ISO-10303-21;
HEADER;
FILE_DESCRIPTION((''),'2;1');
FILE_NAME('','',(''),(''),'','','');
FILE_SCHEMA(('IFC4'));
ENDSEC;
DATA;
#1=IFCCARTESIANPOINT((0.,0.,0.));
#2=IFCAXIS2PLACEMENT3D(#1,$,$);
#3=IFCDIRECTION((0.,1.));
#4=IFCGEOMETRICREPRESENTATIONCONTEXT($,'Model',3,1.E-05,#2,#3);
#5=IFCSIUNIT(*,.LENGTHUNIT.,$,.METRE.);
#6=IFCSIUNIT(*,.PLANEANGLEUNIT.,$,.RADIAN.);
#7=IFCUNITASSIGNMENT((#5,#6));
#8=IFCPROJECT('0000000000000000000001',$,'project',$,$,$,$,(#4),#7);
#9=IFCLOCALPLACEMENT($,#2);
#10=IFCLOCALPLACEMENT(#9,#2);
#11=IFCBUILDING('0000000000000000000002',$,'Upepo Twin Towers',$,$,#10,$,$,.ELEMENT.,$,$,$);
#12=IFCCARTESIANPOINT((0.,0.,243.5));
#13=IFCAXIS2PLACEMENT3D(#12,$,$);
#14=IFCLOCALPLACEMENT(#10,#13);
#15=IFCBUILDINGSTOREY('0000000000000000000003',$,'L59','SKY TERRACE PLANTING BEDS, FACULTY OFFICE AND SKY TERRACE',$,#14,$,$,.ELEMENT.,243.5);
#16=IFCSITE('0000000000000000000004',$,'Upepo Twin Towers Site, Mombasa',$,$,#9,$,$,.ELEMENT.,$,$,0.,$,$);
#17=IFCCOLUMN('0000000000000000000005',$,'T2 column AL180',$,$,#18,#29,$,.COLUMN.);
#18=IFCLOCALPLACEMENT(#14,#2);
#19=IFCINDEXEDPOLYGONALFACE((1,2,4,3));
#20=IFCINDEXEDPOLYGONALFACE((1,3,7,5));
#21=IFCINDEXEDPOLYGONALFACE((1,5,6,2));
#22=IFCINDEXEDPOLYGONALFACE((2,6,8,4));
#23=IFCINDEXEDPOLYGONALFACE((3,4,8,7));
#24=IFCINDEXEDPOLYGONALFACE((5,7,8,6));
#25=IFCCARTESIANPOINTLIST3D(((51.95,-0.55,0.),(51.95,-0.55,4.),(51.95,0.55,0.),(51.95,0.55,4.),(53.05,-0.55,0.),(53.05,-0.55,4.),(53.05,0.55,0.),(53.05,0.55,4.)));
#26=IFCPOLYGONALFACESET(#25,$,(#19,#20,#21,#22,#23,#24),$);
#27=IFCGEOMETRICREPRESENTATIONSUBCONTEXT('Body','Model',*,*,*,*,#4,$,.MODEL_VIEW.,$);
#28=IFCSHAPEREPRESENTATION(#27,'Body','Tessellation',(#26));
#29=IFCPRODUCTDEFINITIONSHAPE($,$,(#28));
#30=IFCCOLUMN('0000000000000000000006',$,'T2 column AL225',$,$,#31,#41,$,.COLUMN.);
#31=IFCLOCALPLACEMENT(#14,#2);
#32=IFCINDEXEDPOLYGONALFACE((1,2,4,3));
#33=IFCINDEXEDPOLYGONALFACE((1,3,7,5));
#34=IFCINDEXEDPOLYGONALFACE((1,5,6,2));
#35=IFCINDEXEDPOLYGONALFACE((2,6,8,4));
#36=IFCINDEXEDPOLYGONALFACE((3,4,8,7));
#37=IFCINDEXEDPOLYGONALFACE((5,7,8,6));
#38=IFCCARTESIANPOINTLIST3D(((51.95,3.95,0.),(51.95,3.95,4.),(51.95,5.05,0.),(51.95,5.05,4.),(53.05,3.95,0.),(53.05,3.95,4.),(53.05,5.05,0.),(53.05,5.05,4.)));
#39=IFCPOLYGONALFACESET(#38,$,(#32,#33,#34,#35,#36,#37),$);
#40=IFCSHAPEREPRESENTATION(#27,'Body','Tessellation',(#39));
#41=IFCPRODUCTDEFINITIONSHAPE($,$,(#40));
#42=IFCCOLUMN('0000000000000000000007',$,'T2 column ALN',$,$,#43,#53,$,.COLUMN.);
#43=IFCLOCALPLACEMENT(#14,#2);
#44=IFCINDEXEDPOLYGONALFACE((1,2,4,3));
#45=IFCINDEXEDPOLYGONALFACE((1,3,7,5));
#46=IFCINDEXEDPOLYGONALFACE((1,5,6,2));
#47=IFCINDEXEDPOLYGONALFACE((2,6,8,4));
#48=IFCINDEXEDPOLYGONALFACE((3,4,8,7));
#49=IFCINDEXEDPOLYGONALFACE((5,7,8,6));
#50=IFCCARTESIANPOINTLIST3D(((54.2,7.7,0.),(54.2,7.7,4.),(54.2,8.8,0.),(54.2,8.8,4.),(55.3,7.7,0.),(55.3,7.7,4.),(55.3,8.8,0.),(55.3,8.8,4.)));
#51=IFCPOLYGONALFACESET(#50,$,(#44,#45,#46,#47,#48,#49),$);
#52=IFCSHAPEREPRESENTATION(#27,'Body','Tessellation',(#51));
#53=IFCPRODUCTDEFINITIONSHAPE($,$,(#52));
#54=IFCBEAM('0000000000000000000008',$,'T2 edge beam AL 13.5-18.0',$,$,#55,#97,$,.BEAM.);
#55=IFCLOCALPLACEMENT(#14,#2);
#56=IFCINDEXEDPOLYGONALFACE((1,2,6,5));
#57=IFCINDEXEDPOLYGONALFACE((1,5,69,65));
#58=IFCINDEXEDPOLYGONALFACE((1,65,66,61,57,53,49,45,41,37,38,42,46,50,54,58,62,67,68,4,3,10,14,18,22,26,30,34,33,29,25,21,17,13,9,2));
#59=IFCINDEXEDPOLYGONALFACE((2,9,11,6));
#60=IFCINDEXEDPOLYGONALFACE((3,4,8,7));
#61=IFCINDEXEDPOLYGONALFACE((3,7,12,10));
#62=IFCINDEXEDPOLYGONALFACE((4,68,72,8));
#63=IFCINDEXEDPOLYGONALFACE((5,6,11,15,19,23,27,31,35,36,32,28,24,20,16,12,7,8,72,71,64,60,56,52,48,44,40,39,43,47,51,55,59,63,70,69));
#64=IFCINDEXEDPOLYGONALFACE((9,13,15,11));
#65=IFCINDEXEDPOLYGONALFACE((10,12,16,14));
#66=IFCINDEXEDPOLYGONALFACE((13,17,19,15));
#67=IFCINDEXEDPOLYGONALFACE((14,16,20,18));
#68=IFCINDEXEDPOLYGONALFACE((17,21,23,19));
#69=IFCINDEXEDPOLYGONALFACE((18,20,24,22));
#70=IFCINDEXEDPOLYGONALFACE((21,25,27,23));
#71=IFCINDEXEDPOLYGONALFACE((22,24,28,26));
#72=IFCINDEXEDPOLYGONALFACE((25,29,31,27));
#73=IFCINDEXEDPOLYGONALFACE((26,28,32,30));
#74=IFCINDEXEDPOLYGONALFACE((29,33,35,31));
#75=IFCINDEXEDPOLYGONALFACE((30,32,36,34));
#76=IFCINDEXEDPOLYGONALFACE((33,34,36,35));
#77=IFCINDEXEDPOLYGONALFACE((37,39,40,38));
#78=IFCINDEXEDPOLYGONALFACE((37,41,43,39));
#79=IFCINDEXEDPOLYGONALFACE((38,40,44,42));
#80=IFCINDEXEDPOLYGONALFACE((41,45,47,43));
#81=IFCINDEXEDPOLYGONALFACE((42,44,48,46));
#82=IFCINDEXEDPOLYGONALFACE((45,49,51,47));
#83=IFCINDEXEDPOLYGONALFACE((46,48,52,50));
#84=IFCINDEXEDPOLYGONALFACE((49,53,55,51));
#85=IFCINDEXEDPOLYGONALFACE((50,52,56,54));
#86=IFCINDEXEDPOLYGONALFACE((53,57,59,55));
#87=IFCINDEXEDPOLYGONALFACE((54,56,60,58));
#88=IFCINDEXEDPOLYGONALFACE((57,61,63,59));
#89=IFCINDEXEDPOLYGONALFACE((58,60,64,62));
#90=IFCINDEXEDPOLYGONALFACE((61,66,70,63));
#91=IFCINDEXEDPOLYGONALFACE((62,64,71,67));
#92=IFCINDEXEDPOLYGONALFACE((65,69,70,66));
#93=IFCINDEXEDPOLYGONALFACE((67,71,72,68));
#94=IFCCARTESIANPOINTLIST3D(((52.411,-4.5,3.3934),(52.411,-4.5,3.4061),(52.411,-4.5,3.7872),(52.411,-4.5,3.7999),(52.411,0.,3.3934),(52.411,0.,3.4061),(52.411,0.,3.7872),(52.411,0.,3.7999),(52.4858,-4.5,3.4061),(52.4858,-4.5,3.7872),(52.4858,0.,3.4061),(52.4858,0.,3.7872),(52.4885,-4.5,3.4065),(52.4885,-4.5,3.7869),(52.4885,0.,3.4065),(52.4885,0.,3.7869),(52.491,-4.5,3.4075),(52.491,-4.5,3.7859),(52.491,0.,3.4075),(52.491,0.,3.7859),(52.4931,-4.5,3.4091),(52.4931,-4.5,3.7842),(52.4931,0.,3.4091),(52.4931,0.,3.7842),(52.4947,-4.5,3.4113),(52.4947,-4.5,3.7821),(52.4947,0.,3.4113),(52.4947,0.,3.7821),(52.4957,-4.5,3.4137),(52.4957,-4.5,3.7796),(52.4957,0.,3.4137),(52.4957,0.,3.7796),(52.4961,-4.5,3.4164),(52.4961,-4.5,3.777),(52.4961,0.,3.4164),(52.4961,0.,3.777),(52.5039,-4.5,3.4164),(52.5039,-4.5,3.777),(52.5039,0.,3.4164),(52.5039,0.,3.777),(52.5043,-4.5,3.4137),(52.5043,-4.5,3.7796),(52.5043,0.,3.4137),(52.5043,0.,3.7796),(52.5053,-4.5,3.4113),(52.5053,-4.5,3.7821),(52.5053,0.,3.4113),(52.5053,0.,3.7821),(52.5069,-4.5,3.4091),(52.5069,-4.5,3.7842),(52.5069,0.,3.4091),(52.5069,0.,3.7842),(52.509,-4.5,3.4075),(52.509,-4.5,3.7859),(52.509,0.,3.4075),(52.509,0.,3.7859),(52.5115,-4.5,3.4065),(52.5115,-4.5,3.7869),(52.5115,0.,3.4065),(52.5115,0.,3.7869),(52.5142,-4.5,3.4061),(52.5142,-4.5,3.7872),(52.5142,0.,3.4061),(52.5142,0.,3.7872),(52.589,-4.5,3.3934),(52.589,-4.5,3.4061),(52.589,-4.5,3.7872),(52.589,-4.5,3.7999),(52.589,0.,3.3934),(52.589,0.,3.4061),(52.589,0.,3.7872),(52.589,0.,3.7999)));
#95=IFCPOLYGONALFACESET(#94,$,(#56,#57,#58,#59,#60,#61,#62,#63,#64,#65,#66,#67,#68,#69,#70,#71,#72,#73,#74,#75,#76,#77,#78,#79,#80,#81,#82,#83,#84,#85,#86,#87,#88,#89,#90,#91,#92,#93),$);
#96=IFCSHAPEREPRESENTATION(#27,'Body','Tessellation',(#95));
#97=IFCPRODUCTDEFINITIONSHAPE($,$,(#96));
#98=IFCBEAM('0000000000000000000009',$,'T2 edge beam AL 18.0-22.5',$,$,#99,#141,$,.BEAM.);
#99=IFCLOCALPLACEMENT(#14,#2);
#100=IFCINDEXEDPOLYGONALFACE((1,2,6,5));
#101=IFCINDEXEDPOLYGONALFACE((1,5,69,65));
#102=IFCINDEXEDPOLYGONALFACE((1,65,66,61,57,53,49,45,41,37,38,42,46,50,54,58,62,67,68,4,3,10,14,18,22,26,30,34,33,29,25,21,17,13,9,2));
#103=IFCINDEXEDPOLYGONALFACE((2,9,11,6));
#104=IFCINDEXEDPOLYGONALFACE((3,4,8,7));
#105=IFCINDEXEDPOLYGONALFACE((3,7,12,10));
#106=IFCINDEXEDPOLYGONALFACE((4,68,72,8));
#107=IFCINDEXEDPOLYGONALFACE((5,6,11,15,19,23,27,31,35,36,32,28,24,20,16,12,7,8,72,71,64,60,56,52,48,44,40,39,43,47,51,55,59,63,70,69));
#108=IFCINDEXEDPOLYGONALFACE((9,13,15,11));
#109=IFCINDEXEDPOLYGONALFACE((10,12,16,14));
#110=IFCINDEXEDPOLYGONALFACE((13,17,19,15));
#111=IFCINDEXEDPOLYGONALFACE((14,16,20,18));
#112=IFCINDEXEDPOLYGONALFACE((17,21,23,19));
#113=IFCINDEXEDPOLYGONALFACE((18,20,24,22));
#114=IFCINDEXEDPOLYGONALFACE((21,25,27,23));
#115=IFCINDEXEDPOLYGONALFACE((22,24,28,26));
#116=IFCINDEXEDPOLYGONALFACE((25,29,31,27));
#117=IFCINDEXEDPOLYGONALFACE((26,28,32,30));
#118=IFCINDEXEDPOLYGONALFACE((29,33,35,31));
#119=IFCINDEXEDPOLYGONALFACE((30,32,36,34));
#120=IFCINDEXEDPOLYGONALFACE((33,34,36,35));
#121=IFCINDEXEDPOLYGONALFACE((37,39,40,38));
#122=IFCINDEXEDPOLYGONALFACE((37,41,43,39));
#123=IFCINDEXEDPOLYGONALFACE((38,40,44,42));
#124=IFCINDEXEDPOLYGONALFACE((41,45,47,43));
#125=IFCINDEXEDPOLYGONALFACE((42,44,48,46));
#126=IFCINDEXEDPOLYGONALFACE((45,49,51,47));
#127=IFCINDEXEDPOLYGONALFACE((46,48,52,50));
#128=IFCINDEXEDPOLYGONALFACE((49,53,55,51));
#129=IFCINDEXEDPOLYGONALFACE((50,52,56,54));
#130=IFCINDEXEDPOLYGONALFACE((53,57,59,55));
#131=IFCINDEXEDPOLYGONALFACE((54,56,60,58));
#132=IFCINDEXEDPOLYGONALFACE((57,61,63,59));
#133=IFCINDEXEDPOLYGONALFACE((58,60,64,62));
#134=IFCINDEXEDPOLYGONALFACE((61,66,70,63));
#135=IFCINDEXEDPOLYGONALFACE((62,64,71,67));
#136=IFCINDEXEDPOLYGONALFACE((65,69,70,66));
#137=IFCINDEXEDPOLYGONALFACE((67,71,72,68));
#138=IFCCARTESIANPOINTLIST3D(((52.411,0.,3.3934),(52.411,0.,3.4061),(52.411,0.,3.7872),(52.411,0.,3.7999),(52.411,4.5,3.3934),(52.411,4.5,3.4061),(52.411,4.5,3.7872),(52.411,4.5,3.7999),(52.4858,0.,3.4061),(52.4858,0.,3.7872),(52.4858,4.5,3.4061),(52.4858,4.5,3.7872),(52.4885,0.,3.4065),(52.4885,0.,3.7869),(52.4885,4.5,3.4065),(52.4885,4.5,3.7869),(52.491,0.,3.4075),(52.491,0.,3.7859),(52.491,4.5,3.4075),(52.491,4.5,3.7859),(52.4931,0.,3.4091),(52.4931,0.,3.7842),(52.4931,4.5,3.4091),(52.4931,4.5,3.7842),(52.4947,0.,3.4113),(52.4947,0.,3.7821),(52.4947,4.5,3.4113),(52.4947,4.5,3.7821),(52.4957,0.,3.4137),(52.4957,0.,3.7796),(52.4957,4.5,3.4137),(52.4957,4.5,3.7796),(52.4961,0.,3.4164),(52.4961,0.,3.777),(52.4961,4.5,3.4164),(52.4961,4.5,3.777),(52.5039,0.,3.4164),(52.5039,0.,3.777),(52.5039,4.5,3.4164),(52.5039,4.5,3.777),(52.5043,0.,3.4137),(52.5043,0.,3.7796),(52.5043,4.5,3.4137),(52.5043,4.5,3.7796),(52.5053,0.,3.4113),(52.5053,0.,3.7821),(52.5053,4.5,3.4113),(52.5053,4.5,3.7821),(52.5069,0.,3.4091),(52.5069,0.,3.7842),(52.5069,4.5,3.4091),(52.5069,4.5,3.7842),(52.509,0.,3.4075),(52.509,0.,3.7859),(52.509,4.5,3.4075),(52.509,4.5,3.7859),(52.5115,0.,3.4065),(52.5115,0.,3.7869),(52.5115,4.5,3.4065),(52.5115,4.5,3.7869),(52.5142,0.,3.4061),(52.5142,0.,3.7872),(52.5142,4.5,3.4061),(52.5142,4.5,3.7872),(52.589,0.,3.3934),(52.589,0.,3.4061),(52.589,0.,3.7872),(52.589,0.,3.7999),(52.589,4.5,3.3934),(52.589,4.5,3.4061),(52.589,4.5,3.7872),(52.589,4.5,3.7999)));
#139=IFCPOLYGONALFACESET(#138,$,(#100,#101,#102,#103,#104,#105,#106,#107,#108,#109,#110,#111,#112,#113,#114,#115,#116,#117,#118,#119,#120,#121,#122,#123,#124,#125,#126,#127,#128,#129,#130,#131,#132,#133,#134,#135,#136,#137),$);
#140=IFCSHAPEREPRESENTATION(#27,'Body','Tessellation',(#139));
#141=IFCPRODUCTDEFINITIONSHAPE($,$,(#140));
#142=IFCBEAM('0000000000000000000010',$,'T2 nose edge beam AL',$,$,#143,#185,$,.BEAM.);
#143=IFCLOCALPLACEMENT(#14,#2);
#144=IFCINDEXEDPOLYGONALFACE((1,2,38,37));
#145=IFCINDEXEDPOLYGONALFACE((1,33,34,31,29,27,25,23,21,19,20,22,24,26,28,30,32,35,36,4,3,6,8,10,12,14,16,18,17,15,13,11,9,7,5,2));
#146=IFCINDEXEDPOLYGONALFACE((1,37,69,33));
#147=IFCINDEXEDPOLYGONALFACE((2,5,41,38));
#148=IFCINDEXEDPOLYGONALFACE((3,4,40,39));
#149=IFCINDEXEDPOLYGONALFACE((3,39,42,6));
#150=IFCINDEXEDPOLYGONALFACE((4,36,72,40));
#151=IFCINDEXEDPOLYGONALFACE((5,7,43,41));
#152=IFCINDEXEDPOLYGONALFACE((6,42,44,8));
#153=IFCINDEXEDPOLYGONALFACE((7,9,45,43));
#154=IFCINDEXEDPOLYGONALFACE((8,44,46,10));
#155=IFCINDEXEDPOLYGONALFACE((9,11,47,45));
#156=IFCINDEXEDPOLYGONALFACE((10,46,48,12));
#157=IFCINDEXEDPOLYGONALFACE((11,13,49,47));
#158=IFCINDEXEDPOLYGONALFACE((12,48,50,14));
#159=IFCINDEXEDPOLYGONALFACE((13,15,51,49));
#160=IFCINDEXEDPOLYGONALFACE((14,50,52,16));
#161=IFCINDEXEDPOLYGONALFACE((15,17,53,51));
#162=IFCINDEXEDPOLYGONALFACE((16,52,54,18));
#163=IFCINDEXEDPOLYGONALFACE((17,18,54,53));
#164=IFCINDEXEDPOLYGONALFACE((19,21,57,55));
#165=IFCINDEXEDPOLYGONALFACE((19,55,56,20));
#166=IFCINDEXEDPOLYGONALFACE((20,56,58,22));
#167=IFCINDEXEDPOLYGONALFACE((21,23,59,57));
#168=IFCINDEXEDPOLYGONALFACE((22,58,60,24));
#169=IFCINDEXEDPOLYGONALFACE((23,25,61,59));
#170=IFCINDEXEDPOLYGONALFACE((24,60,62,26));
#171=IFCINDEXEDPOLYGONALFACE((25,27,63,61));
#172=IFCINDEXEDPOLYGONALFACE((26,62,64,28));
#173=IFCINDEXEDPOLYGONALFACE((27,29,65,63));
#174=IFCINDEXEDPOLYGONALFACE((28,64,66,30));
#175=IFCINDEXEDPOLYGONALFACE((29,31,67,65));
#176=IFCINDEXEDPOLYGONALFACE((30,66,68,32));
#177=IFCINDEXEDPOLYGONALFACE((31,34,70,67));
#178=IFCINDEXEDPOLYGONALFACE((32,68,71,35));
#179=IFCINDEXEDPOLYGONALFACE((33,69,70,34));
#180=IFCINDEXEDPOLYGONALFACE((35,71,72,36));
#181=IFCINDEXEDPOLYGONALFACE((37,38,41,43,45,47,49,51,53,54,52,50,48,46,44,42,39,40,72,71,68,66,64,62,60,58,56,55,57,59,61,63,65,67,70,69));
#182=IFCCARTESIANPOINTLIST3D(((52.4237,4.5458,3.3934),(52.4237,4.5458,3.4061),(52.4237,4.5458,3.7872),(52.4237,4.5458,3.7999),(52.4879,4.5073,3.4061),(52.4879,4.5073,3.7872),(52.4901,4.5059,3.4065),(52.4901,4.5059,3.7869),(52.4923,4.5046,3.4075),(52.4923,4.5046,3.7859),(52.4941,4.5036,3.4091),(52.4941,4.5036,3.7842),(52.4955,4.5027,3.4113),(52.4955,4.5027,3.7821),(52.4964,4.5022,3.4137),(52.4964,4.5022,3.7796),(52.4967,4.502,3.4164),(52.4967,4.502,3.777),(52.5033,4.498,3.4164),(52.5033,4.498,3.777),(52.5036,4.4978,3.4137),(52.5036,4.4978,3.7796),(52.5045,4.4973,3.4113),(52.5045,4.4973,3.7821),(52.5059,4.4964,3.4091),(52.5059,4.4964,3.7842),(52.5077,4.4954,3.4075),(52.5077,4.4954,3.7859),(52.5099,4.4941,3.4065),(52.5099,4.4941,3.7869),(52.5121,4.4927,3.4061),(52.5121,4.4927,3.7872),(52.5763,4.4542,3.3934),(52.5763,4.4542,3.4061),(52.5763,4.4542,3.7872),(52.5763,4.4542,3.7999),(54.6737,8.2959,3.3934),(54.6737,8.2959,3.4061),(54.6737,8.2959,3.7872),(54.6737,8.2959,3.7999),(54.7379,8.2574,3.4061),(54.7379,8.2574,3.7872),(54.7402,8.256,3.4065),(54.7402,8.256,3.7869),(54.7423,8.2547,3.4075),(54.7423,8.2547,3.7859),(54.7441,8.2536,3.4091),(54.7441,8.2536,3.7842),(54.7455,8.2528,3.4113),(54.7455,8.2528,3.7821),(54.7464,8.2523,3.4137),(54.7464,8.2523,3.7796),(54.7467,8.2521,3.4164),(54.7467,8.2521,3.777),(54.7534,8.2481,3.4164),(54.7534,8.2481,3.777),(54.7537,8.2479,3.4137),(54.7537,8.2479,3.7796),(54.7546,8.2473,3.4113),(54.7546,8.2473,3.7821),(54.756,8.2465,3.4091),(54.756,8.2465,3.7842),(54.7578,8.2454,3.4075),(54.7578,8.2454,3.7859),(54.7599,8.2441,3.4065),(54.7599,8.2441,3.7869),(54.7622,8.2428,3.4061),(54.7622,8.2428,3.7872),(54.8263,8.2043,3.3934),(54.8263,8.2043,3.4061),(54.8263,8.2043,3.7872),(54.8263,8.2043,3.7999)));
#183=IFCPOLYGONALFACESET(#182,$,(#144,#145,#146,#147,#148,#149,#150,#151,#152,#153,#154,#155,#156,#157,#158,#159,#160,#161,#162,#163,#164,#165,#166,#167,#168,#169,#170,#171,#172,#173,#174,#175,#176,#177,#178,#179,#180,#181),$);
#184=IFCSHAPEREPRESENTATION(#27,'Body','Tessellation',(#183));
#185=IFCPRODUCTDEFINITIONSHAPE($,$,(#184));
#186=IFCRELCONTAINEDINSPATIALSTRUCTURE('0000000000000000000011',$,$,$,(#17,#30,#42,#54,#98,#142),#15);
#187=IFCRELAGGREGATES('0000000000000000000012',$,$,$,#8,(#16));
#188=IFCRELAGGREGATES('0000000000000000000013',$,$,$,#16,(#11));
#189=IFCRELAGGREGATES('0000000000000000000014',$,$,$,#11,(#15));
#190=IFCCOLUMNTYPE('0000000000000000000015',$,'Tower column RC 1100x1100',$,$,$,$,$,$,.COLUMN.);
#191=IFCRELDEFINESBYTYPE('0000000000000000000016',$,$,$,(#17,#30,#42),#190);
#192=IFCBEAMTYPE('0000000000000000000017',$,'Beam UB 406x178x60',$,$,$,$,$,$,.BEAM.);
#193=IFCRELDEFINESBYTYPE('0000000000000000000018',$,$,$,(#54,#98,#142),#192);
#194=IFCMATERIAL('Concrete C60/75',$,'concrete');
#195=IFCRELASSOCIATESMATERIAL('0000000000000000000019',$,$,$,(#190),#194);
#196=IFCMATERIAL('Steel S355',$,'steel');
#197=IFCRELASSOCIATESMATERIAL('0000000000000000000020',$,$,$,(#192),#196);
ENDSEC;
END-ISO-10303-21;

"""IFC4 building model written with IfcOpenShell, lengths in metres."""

from ifc_helpers import new_model, si_unit, direction, frame, origin, origin_2d, place, context, subcontext, project, spatial, rectangle, i_section, extrude, material, material_profile, profile_set, type_object, element, save


model = new_model("IFC4")

# Units and contexts
model_context = context("Model", 3, precision=1e-05, world=origin(), true_north=direction((0.0, 1.0)))
body_context = subcontext(model_context, "Body", "Model", "MODEL_VIEW")
ifc_project = project(units=[si_unit("LENGTHUNIT", "METRE"), si_unit("PLANEANGLEUNIT", "RADIAN")], contexts=[model_context])

# Site, building, storey
site_placement = place(None, origin())
site = spatial("IfcSite", under=ifc_project, at=site_placement, Name="Upepo Twin Towers Site, Mombasa", CompositionType="ELEMENT", RefElevation=0.0)
building_placement = place(site_placement, origin())
building = spatial("IfcBuilding", under=site, at=building_placement, Name="Upepo Twin Towers", CompositionType="ELEMENT")
storey_placement = place(building_placement, frame((0.0, 0.0, 243.5)))
storey = spatial("IfcBuildingStorey", under=building, at=storey_placement, Name="L59", Description="SKY TERRACE PLANTING BEDS, FACULTY OFFICE AND SKY TERRACE", CompositionType="ELEMENT", Elevation=243.5)

# Columns
ifc_material_1 = material(Name="Concrete C60/75", Category="concrete")
ifc_material_profile_1 = material_profile(ifc_material_1, rectangle(XDim=1.1001, YDim=1.1001, at=origin_2d()), Name="RC 1100x1100")
ifc_profile_set_1 = profile_set([ifc_material_profile_1], Name="Concrete C60/75")
column_type = type_object("IfcColumnType", Name="Tower column RC 1100x1100", PredefinedType="COLUMN", material=ifc_profile_set_1)
for number, where, z_axis, x_axis, name in (
    (1, (52.5, 0.0, 0.0), (0.0, 0.0, 1.0), (1.0, 0.0, 0.0), "T2 column AL180"),
    (2, (52.5, 4.5, 0.0), (0.0, 0.0, 1.0), (1.0, 0.0, 0.0), "T2 column AL225"),
    (3, (54.75, 8.25, 0.0), (0.0, 0.0, 1.0), (1.0, 0.0, 0.0), "T2 column ALN"),
):
    element("IfcColumn", number, at=place(storey_placement, frame(where, z_axis=z_axis, x_axis=x_axis)), inside=storey, type_object=column_type, Name=name, PredefinedType="COLUMN", context=body_context, shape_type="SweptSolid", body=[
        extrude(rectangle(XDim=1.1001, YDim=1.1001, at=origin_2d()), origin(), (0.0, 0.0, 1.0), 4.0),
    ])

# Beams
ifc_material_2 = material(Name="Steel S355", Category="steel")
ifc_material_profile_2 = material_profile(ifc_material_2, i_section(OverallWidth=0.178, OverallDepth=0.4065, WebThickness=0.0078, FlangeThickness=0.0127, FilletRadius=0.0103, at=origin_2d()), Name="UB 406x178x60")
ifc_profile_set_2 = profile_set([ifc_material_profile_2], Name="Steel S355")
beam_type_1 = type_object("IfcBeamType", Name="Beam UB 406x178x60", PredefinedType="BEAM", material=ifc_profile_set_2)
for number, where, z_axis, x_axis, name in (
    (4, (52.5, -4.5, 3.5967), (0.0, 1.0, 0.0), (-1.0, 0.0, 0.0), "T2 edge beam AL 13.5-18.0"),
    (5, (52.5, 0.0, 3.5967), (0.0, 1.0, 0.0), (-1.0, 0.0, 0.0), "T2 edge beam AL 18.0-22.5"),
):
    element("IfcBeam", number, at=place(storey_placement, frame(where, z_axis=z_axis, x_axis=x_axis)), inside=storey, type_object=beam_type_1, Name=name, PredefinedType="BEAM", context=body_context, shape_type="SweptSolid", body=[
        extrude(i_section(OverallWidth=0.178, OverallDepth=0.4065, WebThickness=0.0078, FlangeThickness=0.0127, FilletRadius=0.0103, at=origin_2d()), origin(), (0.0, 0.0, 1.0), 4.5),
    ])
beam_1_placement = place(storey_placement, frame((52.5, 4.5, 3.5967), z_axis=(0.514496, 0.857493, 0.0), x_axis=(-0.857493, 0.514496, 0.0)))
element("IfcBeam", 6, at=beam_1_placement, inside=storey, type_object=beam_type_1, Name="T2 nose edge beam AL", PredefinedType="BEAM", context=body_context, shape_type="SweptSolid", body=[
    extrude(i_section(OverallWidth=0.178, OverallDepth=0.4065, WebThickness=0.0078, FlangeThickness=0.0127, FilletRadius=0.0103, at=origin_2d()), origin(), (0.0, 0.0, 1.0), 4.3733),
])

save(model, "model.ifc")
